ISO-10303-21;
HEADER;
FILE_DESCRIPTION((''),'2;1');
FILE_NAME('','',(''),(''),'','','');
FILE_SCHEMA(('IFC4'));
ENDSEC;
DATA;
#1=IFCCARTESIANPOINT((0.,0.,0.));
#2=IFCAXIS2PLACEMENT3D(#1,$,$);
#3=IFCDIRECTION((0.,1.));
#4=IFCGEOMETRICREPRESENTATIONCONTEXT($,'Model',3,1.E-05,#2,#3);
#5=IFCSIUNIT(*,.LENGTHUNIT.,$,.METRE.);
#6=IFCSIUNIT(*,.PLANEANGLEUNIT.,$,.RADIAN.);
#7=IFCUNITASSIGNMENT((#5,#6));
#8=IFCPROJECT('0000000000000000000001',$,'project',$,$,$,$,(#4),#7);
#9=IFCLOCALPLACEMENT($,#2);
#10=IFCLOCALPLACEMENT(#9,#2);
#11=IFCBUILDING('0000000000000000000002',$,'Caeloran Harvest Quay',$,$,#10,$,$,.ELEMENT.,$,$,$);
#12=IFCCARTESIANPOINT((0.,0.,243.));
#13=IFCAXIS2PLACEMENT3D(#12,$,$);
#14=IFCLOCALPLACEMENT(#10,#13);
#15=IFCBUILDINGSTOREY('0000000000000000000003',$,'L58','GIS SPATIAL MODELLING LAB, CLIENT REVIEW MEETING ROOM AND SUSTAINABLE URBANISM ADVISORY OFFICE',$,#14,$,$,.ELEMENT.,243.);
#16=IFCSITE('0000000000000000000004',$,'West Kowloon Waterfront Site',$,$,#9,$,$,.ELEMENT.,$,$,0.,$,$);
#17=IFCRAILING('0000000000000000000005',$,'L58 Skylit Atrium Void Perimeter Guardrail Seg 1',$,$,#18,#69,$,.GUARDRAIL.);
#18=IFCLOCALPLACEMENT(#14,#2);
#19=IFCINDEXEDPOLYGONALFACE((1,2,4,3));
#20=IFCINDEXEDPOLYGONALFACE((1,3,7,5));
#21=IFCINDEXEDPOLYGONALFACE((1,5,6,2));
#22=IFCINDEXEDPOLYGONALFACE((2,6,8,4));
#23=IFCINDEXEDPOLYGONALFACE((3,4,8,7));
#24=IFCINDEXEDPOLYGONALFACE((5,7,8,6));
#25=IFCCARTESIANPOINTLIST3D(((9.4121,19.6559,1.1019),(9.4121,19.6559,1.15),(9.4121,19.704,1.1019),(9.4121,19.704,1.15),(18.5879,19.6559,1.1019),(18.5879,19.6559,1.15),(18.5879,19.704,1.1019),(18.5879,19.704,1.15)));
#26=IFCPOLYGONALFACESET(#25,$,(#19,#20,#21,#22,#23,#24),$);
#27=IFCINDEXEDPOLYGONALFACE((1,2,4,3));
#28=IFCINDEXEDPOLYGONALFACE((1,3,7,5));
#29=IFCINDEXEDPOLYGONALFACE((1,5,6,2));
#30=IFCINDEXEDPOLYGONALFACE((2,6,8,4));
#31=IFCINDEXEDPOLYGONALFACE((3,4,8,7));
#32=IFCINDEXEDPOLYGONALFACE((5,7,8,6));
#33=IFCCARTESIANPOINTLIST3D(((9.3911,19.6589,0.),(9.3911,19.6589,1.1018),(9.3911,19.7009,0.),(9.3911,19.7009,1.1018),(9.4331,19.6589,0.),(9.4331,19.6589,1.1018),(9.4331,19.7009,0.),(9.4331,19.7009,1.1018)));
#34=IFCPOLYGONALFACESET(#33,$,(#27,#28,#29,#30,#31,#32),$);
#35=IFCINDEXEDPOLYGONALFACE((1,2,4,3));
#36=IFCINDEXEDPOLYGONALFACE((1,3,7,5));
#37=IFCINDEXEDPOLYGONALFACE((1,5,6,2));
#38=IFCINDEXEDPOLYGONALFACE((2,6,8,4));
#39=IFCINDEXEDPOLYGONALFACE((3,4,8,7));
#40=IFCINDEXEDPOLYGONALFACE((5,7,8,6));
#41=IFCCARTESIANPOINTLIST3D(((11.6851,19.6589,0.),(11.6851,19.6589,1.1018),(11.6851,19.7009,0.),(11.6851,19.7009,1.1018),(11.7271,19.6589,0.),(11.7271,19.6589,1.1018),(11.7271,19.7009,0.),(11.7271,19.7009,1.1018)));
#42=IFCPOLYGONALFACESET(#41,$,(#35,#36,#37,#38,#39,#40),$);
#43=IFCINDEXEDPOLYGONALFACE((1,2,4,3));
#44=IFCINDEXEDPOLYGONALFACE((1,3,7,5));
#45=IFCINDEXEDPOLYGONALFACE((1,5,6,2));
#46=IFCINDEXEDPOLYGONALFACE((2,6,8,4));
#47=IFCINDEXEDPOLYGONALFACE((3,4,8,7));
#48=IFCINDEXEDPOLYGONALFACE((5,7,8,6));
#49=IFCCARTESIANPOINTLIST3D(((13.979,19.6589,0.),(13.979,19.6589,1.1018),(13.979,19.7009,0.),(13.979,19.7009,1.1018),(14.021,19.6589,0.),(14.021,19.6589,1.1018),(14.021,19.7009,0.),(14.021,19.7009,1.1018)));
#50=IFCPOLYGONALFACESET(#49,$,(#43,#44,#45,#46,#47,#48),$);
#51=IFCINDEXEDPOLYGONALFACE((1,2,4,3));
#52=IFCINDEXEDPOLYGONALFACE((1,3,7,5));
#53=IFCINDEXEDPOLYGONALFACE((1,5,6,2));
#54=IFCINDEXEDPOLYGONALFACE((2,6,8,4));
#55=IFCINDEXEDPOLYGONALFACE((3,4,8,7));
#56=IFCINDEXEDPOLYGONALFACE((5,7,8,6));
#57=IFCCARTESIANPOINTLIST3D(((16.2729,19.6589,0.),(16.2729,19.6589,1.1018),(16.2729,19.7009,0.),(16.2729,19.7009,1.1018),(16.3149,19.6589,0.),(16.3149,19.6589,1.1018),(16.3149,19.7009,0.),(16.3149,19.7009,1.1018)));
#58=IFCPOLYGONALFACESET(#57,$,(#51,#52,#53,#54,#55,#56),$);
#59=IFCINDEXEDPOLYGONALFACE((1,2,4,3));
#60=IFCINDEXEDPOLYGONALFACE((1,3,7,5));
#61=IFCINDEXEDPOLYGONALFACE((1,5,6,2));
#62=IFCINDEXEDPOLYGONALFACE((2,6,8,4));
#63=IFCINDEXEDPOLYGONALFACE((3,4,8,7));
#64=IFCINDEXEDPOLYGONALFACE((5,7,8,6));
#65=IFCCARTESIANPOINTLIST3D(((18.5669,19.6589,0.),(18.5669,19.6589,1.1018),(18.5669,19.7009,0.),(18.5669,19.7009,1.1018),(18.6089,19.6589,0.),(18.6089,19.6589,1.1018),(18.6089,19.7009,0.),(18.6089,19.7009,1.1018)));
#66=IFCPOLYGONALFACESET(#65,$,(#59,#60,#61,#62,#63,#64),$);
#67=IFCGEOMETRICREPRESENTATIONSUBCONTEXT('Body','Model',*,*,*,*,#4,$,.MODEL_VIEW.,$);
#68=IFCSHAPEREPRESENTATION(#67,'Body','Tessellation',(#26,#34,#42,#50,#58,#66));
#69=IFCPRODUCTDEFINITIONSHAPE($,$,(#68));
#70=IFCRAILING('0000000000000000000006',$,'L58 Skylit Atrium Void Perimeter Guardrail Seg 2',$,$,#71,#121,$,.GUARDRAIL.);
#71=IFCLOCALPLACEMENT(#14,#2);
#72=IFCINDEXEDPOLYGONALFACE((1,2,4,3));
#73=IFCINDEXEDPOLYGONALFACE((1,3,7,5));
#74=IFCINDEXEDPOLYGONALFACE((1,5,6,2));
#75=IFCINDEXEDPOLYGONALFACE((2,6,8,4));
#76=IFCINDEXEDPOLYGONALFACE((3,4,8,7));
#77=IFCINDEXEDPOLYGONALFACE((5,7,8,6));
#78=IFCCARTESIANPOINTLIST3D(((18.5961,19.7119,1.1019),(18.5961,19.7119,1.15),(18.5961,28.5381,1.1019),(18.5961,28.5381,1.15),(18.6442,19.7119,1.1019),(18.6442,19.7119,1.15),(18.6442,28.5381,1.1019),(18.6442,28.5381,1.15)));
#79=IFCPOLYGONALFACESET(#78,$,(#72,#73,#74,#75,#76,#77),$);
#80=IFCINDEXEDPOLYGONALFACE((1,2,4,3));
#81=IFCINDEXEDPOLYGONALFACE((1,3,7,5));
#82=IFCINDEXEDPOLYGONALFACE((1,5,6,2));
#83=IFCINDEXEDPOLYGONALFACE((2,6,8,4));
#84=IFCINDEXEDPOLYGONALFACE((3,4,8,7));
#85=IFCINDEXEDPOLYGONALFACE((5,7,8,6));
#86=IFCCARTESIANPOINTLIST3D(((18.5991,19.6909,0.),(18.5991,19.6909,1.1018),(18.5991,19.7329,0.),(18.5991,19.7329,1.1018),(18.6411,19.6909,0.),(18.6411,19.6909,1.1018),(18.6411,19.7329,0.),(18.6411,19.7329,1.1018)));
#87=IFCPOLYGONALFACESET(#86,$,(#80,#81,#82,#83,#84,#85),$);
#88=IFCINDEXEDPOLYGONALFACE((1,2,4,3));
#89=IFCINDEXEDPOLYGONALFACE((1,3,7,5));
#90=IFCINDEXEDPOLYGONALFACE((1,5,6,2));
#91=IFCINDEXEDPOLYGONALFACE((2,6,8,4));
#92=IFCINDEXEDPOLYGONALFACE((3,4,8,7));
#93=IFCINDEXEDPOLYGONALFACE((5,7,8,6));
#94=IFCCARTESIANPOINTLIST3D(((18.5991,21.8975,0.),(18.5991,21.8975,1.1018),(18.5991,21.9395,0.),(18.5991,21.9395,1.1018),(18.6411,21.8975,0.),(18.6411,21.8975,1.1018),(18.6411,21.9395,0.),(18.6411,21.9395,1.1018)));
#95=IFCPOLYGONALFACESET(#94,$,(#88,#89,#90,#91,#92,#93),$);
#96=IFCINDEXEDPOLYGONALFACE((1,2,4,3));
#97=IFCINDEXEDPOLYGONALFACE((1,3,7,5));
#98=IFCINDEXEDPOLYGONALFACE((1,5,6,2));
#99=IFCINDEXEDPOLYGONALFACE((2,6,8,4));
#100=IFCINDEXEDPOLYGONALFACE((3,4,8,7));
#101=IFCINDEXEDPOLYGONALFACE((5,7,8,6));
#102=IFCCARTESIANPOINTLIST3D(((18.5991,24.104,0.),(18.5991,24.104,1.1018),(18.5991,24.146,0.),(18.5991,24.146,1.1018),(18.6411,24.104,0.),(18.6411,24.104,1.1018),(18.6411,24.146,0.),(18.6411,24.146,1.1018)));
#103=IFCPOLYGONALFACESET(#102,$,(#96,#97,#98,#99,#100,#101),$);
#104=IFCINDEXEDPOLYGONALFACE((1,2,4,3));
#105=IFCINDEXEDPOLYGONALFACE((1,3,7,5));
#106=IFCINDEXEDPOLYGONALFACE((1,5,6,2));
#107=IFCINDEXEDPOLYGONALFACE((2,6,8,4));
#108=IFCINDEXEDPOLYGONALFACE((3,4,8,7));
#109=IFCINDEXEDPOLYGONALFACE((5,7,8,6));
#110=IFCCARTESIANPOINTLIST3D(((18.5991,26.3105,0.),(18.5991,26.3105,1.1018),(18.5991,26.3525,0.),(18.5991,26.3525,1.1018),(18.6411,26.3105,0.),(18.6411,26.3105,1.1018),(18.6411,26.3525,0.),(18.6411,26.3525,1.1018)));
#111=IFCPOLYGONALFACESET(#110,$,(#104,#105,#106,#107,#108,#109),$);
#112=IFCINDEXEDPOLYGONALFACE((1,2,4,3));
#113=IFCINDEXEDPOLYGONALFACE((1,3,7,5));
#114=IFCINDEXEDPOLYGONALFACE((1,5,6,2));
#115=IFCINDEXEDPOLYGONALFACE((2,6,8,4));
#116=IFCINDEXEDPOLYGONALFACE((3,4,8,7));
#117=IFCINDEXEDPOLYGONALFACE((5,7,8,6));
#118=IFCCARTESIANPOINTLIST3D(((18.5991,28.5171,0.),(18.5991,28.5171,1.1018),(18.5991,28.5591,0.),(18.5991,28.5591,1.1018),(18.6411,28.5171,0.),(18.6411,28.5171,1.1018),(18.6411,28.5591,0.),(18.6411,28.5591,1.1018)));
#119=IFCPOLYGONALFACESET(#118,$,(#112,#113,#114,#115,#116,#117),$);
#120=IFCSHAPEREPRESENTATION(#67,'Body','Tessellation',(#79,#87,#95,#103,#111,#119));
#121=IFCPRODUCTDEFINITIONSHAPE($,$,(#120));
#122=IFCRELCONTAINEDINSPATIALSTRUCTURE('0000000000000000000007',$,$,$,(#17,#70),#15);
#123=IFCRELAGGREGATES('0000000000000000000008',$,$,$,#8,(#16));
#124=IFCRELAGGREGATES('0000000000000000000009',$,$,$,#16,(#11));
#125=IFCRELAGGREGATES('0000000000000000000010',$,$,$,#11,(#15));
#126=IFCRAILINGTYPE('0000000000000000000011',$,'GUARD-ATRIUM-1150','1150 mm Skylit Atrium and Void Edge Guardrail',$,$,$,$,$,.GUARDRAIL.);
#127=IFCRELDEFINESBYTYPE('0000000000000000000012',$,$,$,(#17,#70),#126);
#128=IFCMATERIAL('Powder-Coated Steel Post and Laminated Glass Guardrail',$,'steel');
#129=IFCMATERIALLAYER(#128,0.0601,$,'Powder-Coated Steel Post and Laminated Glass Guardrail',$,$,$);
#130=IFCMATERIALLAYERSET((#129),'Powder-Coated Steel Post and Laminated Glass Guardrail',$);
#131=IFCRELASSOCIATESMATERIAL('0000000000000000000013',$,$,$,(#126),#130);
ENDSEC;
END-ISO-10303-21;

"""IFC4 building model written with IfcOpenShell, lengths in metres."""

from ifc_helpers import new_model, si_unit, direction, frame, origin, origin_2d, place, context, subcontext, project, spatial, rectangle, extrude, material, layer, layer_set, type_object, element, save


model = new_model("IFC4")

# Units and contexts
model_context = context("Model", 3, precision=1e-05, world=origin(), true_north=direction((0.0, 1.0)))
body_context = subcontext(model_context, "Body", "Model", "MODEL_VIEW")
ifc_project = project(units=[si_unit("LENGTHUNIT", "METRE"), si_unit("PLANEANGLEUNIT", "RADIAN")], contexts=[model_context])

# Site, building, storey
site_placement = place(None, origin())
site = spatial("IfcSite", under=ifc_project, at=site_placement, Name="West Kowloon Waterfront Site", CompositionType="ELEMENT", RefElevation=0.0)
building_placement = place(site_placement, origin())
building = spatial("IfcBuilding", under=site, at=building_placement, Name="Caeloran Harvest Quay", CompositionType="ELEMENT")
storey_placement = place(building_placement, frame((0.0, 0.0, 243.0)))
storey = spatial("IfcBuildingStorey", under=building, at=storey_placement, Name="L58", Description="GIS SPATIAL MODELLING LAB, CLIENT REVIEW MEETING ROOM AND SUSTAINABLE URBANISM ADVISORY OFFICE", CompositionType="ELEMENT", Elevation=243.0)

# Railings
ifc_material_1 = material(Name="Powder-Coated Steel Post and Laminated Glass Guardrail", Category="steel")
ifc_layer_1 = layer(ifc_material_1, 0.0601, Name="Powder-Coated Steel Post and Laminated Glass Guardrail")
ifc_layer_set_1 = layer_set([ifc_layer_1], Name="Powder-Coated Steel Post and Laminated Glass Guardrail")
railing_type = type_object("IfcRailingType", Name="GUARD-ATRIUM-1150", Description="1150 mm Skylit Atrium and Void Edge Guardrail", PredefinedType="GUARDRAIL", material=ifc_layer_set_1)
railing_1_placement = place(storey_placement, frame((9.4121, 19.6799, 0.0)))
element("IfcRailing", 1, at=railing_1_placement, inside=storey, type_object=railing_type, Name="L58 Skylit Atrium Void Perimeter Guardrail Seg 1", PredefinedType="GUARDRAIL", context=body_context, shape_type="SweptSolid", body=[
    extrude(rectangle(XDim=0.0481, YDim=0.0481, at=origin_2d()), frame((0.0, 0.0, 1.126), z_axis=(1.0, 0.0, 0.0), x_axis=(0.0, 1.0, 0.0)), (0.0, 0.0, 1.0), 9.1758),
    extrude(rectangle(XDim=0.042, YDim=0.042, at=origin_2d()), origin(), (0.0, 0.0, 1.0), 1.1018),
    extrude(rectangle(XDim=0.042, YDim=0.042, at=origin_2d()), frame((2.2939, 0.0, 0.0)), (0.0, 0.0, 1.0), 1.1018),
    extrude(rectangle(XDim=0.042, YDim=0.042, at=origin_2d()), frame((4.5879, 0.0, 0.0)), (0.0, 0.0, 1.0), 1.1018),
    extrude(rectangle(XDim=0.042, YDim=0.042, at=origin_2d()), frame((6.8818, 0.0, 0.0)), (0.0, 0.0, 1.0), 1.1018),
    extrude(rectangle(XDim=0.042, YDim=0.042, at=origin_2d()), frame((9.1758, 0.0, 0.0)), (0.0, 0.0, 1.0), 1.1018),
])
railing_2_placement = place(storey_placement, frame((18.6201, 19.7119, 0.0)))
element("IfcRailing", 2, at=railing_2_placement, inside=storey, type_object=railing_type, Name="L58 Skylit Atrium Void Perimeter Guardrail Seg 2", PredefinedType="GUARDRAIL", context=body_context, shape_type="SweptSolid", body=[
    extrude(rectangle(XDim=0.0481, YDim=0.0481, at=origin_2d()), frame((0.0, 0.0, 1.126), z_axis=(0.0, 1.0, 0.0), x_axis=(-1.0, 0.0, 0.0)), (0.0, 0.0, 1.0), 8.8262),
    extrude(rectangle(XDim=0.042, YDim=0.042, at=origin_2d()), origin(), (0.0, 0.0, 1.0), 1.1018),
    extrude(rectangle(XDim=0.042, YDim=0.042, at=origin_2d()), frame((0.0, 2.2065, 0.0)), (0.0, 0.0, 1.0), 1.1018),
    extrude(rectangle(XDim=0.042, YDim=0.042, at=origin_2d()), frame((0.0, 4.4131, 0.0)), (0.0, 0.0, 1.0), 1.1018),
    extrude(rectangle(XDim=0.042, YDim=0.042, at=origin_2d()), frame((0.0, 6.6196, 0.0)), (0.0, 0.0, 1.0), 1.1018),
    extrude(rectangle(XDim=0.042, YDim=0.042, at=origin_2d()), frame((0.0, 8.8262, 0.0)), (0.0, 0.0, 1.0), 1.1018),
])

save(model, "model.ifc")
